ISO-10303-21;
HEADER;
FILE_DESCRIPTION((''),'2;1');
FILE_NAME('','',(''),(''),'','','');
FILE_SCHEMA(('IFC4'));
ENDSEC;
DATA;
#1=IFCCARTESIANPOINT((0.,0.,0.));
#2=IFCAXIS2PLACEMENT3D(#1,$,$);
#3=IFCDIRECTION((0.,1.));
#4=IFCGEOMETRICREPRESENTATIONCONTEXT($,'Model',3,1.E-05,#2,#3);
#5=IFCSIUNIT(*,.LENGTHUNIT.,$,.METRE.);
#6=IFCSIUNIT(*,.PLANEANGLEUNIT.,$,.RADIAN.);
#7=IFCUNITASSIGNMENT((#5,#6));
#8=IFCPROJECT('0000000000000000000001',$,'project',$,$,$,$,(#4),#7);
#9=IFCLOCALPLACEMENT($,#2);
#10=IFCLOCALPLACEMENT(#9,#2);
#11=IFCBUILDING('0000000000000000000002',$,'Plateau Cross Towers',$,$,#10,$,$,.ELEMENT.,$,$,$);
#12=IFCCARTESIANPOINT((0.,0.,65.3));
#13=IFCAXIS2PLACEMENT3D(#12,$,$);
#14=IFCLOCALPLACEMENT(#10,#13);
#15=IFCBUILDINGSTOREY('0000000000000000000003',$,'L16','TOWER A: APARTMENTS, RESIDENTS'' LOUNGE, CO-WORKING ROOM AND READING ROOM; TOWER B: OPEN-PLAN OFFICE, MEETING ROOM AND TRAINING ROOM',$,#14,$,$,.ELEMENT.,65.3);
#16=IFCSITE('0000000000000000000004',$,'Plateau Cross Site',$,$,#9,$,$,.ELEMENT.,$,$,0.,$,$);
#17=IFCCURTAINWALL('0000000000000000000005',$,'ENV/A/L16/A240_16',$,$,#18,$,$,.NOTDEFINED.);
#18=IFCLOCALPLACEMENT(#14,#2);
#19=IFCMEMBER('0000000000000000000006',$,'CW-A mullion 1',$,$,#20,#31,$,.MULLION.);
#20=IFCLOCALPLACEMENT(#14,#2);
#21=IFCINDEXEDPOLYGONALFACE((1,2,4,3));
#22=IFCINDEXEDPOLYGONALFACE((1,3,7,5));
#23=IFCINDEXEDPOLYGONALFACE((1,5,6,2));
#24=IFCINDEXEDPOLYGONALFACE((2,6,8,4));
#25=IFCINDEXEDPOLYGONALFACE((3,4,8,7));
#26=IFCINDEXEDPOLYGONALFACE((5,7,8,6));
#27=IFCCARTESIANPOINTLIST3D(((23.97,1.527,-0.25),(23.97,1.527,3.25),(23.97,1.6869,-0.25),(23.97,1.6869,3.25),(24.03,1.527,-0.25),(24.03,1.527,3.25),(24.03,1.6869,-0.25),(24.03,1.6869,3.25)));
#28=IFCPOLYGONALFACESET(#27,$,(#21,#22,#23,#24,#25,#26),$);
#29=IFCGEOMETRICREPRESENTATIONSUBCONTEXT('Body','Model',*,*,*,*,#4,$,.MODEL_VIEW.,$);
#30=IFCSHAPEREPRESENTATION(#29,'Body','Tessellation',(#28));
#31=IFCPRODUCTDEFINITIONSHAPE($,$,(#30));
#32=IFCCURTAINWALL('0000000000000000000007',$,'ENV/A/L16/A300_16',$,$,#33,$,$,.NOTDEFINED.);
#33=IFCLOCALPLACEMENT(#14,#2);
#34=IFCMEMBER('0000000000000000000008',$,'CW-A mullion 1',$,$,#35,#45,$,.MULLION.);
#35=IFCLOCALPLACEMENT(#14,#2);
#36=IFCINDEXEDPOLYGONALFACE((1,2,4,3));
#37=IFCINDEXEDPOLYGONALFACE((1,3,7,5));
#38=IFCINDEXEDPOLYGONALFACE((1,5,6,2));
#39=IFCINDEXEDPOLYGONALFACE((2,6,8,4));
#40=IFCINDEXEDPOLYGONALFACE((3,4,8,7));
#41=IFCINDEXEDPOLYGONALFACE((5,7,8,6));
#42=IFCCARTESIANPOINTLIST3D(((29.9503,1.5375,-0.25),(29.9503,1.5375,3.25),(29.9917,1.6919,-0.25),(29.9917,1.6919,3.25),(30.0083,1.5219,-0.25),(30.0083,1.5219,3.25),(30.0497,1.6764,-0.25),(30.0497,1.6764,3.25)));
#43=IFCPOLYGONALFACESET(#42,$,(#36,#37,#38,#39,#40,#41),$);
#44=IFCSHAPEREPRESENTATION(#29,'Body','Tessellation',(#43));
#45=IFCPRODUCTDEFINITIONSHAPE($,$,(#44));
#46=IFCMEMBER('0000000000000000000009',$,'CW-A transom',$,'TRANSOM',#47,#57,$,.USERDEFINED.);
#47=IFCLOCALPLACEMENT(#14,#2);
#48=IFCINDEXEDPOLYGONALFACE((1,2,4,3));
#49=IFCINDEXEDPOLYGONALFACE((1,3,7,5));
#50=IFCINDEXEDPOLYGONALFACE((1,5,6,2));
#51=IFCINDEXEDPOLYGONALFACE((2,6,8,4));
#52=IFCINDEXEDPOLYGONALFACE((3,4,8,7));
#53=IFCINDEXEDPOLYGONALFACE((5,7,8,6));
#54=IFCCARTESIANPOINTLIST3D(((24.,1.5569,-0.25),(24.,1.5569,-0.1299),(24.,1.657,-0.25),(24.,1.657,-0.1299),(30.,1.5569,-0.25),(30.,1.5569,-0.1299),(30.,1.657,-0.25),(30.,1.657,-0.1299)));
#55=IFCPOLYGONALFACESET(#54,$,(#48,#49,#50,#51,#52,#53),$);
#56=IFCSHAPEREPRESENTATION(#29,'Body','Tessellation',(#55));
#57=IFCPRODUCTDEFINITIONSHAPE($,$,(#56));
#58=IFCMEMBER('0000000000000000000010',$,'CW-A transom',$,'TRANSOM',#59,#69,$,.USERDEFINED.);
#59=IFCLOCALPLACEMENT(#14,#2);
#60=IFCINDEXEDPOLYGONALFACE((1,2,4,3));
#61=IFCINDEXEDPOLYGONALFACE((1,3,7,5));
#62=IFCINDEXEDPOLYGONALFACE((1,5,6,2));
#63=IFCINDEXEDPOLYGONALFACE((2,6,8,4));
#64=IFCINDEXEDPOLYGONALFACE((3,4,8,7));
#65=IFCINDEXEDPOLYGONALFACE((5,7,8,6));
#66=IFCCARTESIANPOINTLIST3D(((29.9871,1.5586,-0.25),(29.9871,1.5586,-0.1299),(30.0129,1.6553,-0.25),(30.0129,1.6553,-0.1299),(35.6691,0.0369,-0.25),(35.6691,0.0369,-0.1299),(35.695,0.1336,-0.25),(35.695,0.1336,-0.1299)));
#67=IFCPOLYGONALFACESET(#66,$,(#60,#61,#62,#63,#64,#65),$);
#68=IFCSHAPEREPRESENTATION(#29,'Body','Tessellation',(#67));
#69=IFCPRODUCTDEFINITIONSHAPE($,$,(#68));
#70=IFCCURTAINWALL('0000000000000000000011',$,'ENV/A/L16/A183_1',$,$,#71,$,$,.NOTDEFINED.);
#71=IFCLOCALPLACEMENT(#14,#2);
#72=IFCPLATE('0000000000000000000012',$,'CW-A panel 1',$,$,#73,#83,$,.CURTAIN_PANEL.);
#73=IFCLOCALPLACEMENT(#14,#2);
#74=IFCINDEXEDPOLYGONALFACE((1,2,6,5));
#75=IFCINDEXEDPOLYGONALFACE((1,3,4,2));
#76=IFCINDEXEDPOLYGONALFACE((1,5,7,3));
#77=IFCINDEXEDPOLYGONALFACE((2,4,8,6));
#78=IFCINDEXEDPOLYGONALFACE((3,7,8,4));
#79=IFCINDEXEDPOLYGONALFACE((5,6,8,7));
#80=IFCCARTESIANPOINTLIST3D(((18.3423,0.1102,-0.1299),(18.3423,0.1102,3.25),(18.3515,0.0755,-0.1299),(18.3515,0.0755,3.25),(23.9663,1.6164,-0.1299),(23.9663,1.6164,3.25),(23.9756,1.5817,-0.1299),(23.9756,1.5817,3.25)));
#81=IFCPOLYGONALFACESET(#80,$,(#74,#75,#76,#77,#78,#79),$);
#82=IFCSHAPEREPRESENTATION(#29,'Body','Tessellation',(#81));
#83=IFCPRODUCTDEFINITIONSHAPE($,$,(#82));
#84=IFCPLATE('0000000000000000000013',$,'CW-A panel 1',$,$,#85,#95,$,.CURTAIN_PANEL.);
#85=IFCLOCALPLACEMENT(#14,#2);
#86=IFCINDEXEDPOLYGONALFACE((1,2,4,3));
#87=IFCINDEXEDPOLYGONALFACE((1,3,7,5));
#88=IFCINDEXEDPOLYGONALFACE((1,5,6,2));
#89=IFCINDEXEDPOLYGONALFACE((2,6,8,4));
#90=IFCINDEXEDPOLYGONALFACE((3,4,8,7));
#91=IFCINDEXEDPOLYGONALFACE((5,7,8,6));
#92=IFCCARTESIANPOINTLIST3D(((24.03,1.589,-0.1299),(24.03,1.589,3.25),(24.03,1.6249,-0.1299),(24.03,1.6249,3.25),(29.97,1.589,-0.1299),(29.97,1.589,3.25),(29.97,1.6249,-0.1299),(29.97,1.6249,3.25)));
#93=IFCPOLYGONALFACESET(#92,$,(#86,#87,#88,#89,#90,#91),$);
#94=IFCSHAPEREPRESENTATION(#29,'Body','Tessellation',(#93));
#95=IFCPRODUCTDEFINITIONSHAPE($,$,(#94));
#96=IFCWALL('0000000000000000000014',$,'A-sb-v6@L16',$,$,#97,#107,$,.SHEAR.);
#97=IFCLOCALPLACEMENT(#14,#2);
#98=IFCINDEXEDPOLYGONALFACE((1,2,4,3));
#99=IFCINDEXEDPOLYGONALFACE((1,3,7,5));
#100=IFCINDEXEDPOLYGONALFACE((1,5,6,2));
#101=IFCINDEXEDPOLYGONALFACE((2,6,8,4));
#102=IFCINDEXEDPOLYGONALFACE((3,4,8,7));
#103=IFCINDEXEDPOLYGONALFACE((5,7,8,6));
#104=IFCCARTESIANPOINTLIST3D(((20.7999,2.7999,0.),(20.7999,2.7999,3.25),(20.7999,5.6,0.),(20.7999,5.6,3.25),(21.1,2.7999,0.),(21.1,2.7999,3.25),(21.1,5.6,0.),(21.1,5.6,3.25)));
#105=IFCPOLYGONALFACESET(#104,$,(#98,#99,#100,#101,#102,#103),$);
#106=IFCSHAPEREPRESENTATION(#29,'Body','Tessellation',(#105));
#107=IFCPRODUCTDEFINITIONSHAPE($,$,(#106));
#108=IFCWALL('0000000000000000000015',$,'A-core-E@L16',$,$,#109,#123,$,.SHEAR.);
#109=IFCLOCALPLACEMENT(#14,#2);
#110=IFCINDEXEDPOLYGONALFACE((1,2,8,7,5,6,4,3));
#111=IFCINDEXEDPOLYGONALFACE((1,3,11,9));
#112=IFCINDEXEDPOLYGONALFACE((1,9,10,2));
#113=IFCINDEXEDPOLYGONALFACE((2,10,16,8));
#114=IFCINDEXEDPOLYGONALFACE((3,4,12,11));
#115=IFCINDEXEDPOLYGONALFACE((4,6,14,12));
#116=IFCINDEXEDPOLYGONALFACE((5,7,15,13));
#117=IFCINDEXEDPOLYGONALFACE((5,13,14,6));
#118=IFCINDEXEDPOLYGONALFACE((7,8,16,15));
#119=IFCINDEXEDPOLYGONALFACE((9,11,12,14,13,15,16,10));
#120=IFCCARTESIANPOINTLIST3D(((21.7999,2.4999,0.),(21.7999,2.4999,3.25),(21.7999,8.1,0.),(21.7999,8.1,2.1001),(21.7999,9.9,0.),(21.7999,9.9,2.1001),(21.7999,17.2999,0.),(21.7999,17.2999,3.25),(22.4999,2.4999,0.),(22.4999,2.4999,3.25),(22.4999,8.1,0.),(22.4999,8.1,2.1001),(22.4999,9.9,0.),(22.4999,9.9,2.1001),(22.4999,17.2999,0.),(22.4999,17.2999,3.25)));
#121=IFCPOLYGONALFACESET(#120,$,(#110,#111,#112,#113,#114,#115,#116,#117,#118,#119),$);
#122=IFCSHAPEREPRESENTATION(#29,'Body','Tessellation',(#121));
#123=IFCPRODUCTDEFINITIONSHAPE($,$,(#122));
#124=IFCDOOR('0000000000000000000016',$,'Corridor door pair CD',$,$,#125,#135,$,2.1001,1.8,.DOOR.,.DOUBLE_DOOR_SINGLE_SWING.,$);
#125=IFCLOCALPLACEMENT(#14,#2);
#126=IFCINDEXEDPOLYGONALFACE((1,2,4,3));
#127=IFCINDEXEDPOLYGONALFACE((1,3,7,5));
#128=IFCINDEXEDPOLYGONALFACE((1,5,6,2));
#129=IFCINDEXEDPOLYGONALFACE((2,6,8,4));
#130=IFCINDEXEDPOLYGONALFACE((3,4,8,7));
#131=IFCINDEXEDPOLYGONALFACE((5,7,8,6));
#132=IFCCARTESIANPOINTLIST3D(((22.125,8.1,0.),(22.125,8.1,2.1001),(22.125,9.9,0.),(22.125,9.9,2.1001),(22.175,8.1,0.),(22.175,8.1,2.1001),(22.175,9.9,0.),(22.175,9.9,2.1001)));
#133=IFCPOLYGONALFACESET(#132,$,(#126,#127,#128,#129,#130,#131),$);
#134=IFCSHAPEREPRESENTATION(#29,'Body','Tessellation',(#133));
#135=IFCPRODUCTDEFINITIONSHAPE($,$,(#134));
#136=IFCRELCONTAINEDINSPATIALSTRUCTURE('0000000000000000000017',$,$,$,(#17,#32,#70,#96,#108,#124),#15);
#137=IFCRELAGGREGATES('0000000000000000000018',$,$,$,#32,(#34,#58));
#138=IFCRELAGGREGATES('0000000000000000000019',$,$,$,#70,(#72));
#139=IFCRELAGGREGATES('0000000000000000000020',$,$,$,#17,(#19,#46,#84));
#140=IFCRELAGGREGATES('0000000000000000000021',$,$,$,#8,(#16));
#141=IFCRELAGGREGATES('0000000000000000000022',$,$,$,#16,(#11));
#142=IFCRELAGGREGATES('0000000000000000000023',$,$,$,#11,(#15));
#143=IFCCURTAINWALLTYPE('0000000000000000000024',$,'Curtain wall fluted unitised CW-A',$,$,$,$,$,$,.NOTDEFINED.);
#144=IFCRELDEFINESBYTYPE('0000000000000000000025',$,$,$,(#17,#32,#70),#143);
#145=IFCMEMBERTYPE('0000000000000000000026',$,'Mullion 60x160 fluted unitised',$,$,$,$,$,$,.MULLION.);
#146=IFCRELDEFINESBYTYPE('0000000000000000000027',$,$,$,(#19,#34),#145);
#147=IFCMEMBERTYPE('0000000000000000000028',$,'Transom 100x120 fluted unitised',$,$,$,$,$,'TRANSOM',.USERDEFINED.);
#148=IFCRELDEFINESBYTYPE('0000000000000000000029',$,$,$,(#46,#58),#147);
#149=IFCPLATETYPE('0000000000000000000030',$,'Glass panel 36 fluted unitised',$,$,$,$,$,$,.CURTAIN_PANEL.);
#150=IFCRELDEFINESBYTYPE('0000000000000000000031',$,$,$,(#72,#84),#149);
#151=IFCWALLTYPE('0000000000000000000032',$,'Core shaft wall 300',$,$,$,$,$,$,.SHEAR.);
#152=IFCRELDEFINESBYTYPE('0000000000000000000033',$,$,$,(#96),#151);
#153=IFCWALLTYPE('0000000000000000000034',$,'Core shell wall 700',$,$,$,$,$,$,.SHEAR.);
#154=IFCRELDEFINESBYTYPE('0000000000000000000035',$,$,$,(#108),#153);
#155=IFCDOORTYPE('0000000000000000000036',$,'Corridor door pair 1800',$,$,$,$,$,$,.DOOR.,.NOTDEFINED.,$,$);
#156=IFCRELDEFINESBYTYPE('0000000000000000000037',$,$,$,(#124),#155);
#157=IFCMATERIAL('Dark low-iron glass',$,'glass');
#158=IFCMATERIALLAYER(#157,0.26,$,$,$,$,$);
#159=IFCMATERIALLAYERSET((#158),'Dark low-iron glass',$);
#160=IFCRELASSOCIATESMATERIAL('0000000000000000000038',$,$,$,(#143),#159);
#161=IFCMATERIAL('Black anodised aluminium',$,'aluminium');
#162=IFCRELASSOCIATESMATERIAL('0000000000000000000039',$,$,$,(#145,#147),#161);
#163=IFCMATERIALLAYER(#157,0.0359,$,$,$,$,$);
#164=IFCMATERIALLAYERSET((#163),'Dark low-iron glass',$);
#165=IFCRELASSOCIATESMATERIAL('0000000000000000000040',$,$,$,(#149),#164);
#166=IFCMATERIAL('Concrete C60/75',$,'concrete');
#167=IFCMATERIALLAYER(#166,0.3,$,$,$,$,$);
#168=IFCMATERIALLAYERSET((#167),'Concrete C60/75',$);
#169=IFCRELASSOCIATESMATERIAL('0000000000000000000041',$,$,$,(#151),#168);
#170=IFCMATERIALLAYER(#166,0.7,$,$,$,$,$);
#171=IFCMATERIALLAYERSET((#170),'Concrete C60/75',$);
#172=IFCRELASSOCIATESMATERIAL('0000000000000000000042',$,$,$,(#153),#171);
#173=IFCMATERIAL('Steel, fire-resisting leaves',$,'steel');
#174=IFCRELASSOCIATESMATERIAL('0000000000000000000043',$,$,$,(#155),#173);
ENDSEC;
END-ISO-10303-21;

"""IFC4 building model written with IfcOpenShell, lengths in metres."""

from ifc_helpers import new_model, si_unit, direction, frame, frame_2d, origin, origin_2d, place, context, subcontext, project, spatial, rectangle, extrude, material, layer, layer_set, material_profile, profile_set, type_object, element, fill, aggregate, save


model = new_model("IFC4")

# Units and contexts
model_context = context("Model", 3, precision=1e-05, world=origin(), true_north=direction((0.0, 1.0)))
body_context = subcontext(model_context, "Body", "Model", "MODEL_VIEW")
ifc_project = project(units=[si_unit("LENGTHUNIT", "METRE"), si_unit("PLANEANGLEUNIT", "RADIAN")], contexts=[model_context])

# Site, building, storey
site_placement = place(None, origin())
site = spatial("IfcSite", under=ifc_project, at=site_placement, Name="Plateau Cross Site", CompositionType="ELEMENT", RefElevation=0.0)
building_placement = place(site_placement, origin())
building = spatial("IfcBuilding", under=site, at=building_placement, Name="Plateau Cross Towers", CompositionType="ELEMENT")
storey_placement = place(building_placement, frame((0.0, 0.0, 65.3)))
storey = spatial("IfcBuildingStorey", under=building, at=storey_placement, Name="L16", Description="TOWER A: APARTMENTS, RESIDENTS' LOUNGE, CO-WORKING ROOM AND READING ROOM; TOWER B: OPEN-PLAN OFFICE, MEETING ROOM AND TRAINING ROOM", CompositionType="ELEMENT", Elevation=65.3)

# Curtain walls, members
ifc_material_1 = material(Name="Dark low-iron glass", Category="glass")
ifc_layer_1 = layer(ifc_material_1, 0.26)
ifc_layer_set_1 = layer_set([ifc_layer_1], Name="Dark low-iron glass")
curtain_wall_type = type_object("IfcCurtainWallType", Name="Curtain wall fluted unitised CW-A", PredefinedType="NOTDEFINED", material=ifc_layer_set_1)
curtain_wall_1_placement = place(storey_placement, origin())
curtain_wall_1 = element("IfcCurtainWall", 1, at=curtain_wall_1_placement, inside=storey, type_object=curtain_wall_type, Name="ENV/A/L16/A240_16", PredefinedType="NOTDEFINED")
ifc_material_2 = material(Name="Black anodised aluminium", Category="aluminium")
ifc_material_profile_1 = material_profile(ifc_material_2, rectangle(XDim=0.0601, YDim=0.1599, at=origin_2d()), Name="MULLION 60x160")
ifc_profile_set_1 = profile_set([ifc_material_profile_1], Name="Black anodised aluminium")
member_type_1 = type_object("IfcMemberType", Name="Mullion 60x160 fluted unitised", PredefinedType="MULLION", material=ifc_profile_set_1)
member_1_placement = place(storey_placement, frame((24.0, 1.6069, -0.25), z_axis=(0.0, 0.0, 1.0), x_axis=(1.0, 0.0, 0.0)))
member_1 = element("IfcMember", 2, at=member_1_placement, type_object=member_type_1, Name="CW-A mullion 1", PredefinedType="MULLION", context=body_context, shape_type="SweptSolid", body=[
    extrude(rectangle(XDim=0.0601, YDim=0.1599, at=origin_2d()), origin(), (0.0, 0.0, 1.0), 3.5),
])
curtain_wall_2_placement = place(storey_placement, origin())
curtain_wall_2 = element("IfcCurtainWall", 3, at=curtain_wall_2_placement, inside=storey, type_object=curtain_wall_type, Name="ENV/A/L16/A300_16", PredefinedType="NOTDEFINED")
member_2_placement = place(storey_placement, frame((30.0, 1.6069, -0.25), z_axis=(0.0, 0.0, 1.0), x_axis=(0.965958, -0.258699, 0.0)))
member_2 = element("IfcMember", 4, at=member_2_placement, type_object=member_type_1, Name="CW-A mullion 1", PredefinedType="MULLION", context=body_context, shape_type="SweptSolid", body=[
    extrude(rectangle(XDim=0.0601, YDim=0.1599, at=origin_2d()), origin(), (0.0, 0.0, 1.0), 3.5),
])

# Members
ifc_material_profile_2 = material_profile(ifc_material_2, rectangle(XDim=0.1001, YDim=0.1201, at=origin_2d()), Name="TRANSOM 100x120")
ifc_profile_set_2 = profile_set([ifc_material_profile_2], Name="Black anodised aluminium")
member_type_2 = type_object("IfcMemberType", Name="Transom 100x120 fluted unitised", ElementType="TRANSOM", PredefinedType="USERDEFINED", material=ifc_profile_set_2)
member_3_placement = place(storey_placement, frame((24.0, 1.6069, -0.1899), z_axis=(1.0, 0.0, 0.0), x_axis=(0.0, 1.0, 0.0)))
member_3 = element("IfcMember", 5, at=member_3_placement, type_object=member_type_2, Name="CW-A transom", ObjectType="TRANSOM", PredefinedType="USERDEFINED", context=body_context, shape_type="SweptSolid", body=[
    extrude(rectangle(XDim=0.1001, YDim=0.1201, at=origin_2d()), origin(), (0.0, 0.0, 1.0), 6.0),
])
member_4_placement = place(storey_placement, frame((30.0, 1.6069, -0.1899), z_axis=(0.96596, -0.258693, 0.0), x_axis=(0.258693, 0.96596, 0.0)))
member_4 = element("IfcMember", 6, at=member_4_placement, type_object=member_type_2, Name="CW-A transom", ObjectType="TRANSOM", PredefinedType="USERDEFINED", context=body_context, shape_type="SweptSolid", body=[
    extrude(rectangle(XDim=0.1001, YDim=0.1201, at=origin_2d()), origin(), (0.0, 0.0, 1.0), 5.8823),
])
aggregate(curtain_wall_2, [member_2, member_4])

# Curtain wall, plate
curtain_wall_3_placement = place(storey_placement, origin())
curtain_wall_3 = element("IfcCurtainWall", 7, at=curtain_wall_3_placement, inside=storey, type_object=curtain_wall_type, Name="ENV/A/L16/A183_1", PredefinedType="NOTDEFINED")
ifc_layer_2 = layer(ifc_material_1, 0.0359)
ifc_layer_set_2 = layer_set([ifc_layer_2], Name="Dark low-iron glass")
plate_type = type_object("IfcPlateType", Name="Glass panel 36 fluted unitised", PredefinedType="CURTAIN_PANEL", material=ifc_layer_set_2)
plate_1_placement = place(storey_placement, frame((21.1589, 0.8459, -0.1299), z_axis=(0.0, 0.0, 1.0), x_axis=(0.965958, 0.258699, 0.0)))
plate_1 = element("IfcPlate", 8, at=plate_1_placement, type_object=plate_type, Name="CW-A panel 1", PredefinedType="CURTAIN_PANEL", context=body_context, shape_type="SweptSolid", body=[
    extrude(rectangle(XDim=5.8223, YDim=0.0359, at=origin_2d()), origin(), (0.0, 0.0, 1.0), 3.3799),
])
aggregate(curtain_wall_3, [plate_1])

# Plate
plate_2_placement = place(storey_placement, frame((27.0, 1.6069, -0.1299), z_axis=(0.0, 0.0, 1.0), x_axis=(1.0, 0.0, 0.0)))
plate_2 = element("IfcPlate", 9, at=plate_2_placement, type_object=plate_type, Name="CW-A panel 1", PredefinedType="CURTAIN_PANEL", context=body_context, shape_type="SweptSolid", body=[
    extrude(rectangle(XDim=5.9399, YDim=0.0359, at=origin_2d()), origin(), (0.0, 0.0, 1.0), 3.3799),
])
aggregate(curtain_wall_1, [member_1, member_3, plate_2])

# Wall
ifc_material_3 = material(Name="Concrete C60/75", Category="concrete")
ifc_layer_3 = layer(ifc_material_3, 0.3)
ifc_layer_set_3 = layer_set([ifc_layer_3], Name="Concrete C60/75")
wall_type_1 = type_object("IfcWallType", Name="Core shaft wall 300", PredefinedType="SHEAR", material=ifc_layer_set_3)
wall_1_placement = place(storey_placement, frame((20.95, 2.8, 0.0), z_axis=(0.0, 0.0, 1.0), x_axis=(0.0, 1.0, 0.0)))
element("IfcWall", 10, at=wall_1_placement, inside=storey, type_object=wall_type_1, Name="A-sb-v6@L16", PredefinedType="SHEAR", context=body_context, shape_type="SweptSolid", body=[
    extrude(rectangle(XDim=2.8, YDim=0.3, at=frame_2d((1.3999, 0.0))), origin(), (0.0, 0.0, 1.0), 3.25),
])

# Wall, opening, door
ifc_layer_4 = layer(ifc_material_3, 0.7)
ifc_layer_set_4 = layer_set([ifc_layer_4], Name="Concrete C60/75")
wall_type_2 = type_object("IfcWallType", Name="Core shell wall 700", PredefinedType="SHEAR", material=ifc_layer_set_4)
wall_2_placement = place(storey_placement, frame((22.1499, 2.5, 0.0), z_axis=(0.0, 0.0, 1.0), x_axis=(0.0, 1.0, 0.0)))
wall_2 = element("IfcWall", 11, at=wall_2_placement, inside=storey, type_object=wall_type_2, Name="A-core-E@L16", PredefinedType="SHEAR", context=body_context, shape_type="SweptSolid", body=[
    extrude(rectangle(XDim=14.8, YDim=0.7, at=frame_2d((7.3999, 0.0))), origin(), (0.0, 0.0, 1.0), 3.25),
])
opening_1_placement = place(wall_2_placement, frame((5.6001, 0.0, 0.0)))
opening_1 = element("IfcOpeningElement", 12, at=opening_1_placement, cuts=wall_2, PredefinedType="OPENING", context=body_context, shape_type="SweptSolid", body=[
    extrude(rectangle(XDim=1.8, YDim=2.1001, at=frame_2d((0.8999, 1.05))), frame((0.0, 0.3599, 0.0), z_axis=(0.0, -1.0, 0.0), x_axis=(1.0, 0.0, 0.0)), (0.0, 0.0, 1.0), 0.72),
])
ifc_material_4 = material(Name="Steel, fire-resisting leaves", Category="steel")
door_type_1 = type_object("IfcDoorType", Name="Corridor door pair 1800", OperationType="NOTDEFINED", PredefinedType="DOOR", material=ifc_material_4)
door_1_placement = place(opening_1_placement, origin())
door_1 = element("IfcDoor", 13, at=door_1_placement, inside=storey, type_object=door_type_1, Name="Corridor door pair CD", OperationType="DOUBLE_DOOR_SINGLE_SWING", OverallHeight=2.1001, OverallWidth=1.8, PredefinedType="DOOR", context=body_context, shape_type="SweptSolid", body=[
    extrude(rectangle(XDim=1.8, YDim=2.1001, at=frame_2d((0.8999, 1.05))), frame((0.0, 0.0249, 0.0), z_axis=(0.0, -1.0, 0.0), x_axis=(1.0, 0.0, 0.0)), (0.0, 0.0, 1.0), 0.05),
])
fill(opening_1, door_1)

save(model, "model.ifc")
